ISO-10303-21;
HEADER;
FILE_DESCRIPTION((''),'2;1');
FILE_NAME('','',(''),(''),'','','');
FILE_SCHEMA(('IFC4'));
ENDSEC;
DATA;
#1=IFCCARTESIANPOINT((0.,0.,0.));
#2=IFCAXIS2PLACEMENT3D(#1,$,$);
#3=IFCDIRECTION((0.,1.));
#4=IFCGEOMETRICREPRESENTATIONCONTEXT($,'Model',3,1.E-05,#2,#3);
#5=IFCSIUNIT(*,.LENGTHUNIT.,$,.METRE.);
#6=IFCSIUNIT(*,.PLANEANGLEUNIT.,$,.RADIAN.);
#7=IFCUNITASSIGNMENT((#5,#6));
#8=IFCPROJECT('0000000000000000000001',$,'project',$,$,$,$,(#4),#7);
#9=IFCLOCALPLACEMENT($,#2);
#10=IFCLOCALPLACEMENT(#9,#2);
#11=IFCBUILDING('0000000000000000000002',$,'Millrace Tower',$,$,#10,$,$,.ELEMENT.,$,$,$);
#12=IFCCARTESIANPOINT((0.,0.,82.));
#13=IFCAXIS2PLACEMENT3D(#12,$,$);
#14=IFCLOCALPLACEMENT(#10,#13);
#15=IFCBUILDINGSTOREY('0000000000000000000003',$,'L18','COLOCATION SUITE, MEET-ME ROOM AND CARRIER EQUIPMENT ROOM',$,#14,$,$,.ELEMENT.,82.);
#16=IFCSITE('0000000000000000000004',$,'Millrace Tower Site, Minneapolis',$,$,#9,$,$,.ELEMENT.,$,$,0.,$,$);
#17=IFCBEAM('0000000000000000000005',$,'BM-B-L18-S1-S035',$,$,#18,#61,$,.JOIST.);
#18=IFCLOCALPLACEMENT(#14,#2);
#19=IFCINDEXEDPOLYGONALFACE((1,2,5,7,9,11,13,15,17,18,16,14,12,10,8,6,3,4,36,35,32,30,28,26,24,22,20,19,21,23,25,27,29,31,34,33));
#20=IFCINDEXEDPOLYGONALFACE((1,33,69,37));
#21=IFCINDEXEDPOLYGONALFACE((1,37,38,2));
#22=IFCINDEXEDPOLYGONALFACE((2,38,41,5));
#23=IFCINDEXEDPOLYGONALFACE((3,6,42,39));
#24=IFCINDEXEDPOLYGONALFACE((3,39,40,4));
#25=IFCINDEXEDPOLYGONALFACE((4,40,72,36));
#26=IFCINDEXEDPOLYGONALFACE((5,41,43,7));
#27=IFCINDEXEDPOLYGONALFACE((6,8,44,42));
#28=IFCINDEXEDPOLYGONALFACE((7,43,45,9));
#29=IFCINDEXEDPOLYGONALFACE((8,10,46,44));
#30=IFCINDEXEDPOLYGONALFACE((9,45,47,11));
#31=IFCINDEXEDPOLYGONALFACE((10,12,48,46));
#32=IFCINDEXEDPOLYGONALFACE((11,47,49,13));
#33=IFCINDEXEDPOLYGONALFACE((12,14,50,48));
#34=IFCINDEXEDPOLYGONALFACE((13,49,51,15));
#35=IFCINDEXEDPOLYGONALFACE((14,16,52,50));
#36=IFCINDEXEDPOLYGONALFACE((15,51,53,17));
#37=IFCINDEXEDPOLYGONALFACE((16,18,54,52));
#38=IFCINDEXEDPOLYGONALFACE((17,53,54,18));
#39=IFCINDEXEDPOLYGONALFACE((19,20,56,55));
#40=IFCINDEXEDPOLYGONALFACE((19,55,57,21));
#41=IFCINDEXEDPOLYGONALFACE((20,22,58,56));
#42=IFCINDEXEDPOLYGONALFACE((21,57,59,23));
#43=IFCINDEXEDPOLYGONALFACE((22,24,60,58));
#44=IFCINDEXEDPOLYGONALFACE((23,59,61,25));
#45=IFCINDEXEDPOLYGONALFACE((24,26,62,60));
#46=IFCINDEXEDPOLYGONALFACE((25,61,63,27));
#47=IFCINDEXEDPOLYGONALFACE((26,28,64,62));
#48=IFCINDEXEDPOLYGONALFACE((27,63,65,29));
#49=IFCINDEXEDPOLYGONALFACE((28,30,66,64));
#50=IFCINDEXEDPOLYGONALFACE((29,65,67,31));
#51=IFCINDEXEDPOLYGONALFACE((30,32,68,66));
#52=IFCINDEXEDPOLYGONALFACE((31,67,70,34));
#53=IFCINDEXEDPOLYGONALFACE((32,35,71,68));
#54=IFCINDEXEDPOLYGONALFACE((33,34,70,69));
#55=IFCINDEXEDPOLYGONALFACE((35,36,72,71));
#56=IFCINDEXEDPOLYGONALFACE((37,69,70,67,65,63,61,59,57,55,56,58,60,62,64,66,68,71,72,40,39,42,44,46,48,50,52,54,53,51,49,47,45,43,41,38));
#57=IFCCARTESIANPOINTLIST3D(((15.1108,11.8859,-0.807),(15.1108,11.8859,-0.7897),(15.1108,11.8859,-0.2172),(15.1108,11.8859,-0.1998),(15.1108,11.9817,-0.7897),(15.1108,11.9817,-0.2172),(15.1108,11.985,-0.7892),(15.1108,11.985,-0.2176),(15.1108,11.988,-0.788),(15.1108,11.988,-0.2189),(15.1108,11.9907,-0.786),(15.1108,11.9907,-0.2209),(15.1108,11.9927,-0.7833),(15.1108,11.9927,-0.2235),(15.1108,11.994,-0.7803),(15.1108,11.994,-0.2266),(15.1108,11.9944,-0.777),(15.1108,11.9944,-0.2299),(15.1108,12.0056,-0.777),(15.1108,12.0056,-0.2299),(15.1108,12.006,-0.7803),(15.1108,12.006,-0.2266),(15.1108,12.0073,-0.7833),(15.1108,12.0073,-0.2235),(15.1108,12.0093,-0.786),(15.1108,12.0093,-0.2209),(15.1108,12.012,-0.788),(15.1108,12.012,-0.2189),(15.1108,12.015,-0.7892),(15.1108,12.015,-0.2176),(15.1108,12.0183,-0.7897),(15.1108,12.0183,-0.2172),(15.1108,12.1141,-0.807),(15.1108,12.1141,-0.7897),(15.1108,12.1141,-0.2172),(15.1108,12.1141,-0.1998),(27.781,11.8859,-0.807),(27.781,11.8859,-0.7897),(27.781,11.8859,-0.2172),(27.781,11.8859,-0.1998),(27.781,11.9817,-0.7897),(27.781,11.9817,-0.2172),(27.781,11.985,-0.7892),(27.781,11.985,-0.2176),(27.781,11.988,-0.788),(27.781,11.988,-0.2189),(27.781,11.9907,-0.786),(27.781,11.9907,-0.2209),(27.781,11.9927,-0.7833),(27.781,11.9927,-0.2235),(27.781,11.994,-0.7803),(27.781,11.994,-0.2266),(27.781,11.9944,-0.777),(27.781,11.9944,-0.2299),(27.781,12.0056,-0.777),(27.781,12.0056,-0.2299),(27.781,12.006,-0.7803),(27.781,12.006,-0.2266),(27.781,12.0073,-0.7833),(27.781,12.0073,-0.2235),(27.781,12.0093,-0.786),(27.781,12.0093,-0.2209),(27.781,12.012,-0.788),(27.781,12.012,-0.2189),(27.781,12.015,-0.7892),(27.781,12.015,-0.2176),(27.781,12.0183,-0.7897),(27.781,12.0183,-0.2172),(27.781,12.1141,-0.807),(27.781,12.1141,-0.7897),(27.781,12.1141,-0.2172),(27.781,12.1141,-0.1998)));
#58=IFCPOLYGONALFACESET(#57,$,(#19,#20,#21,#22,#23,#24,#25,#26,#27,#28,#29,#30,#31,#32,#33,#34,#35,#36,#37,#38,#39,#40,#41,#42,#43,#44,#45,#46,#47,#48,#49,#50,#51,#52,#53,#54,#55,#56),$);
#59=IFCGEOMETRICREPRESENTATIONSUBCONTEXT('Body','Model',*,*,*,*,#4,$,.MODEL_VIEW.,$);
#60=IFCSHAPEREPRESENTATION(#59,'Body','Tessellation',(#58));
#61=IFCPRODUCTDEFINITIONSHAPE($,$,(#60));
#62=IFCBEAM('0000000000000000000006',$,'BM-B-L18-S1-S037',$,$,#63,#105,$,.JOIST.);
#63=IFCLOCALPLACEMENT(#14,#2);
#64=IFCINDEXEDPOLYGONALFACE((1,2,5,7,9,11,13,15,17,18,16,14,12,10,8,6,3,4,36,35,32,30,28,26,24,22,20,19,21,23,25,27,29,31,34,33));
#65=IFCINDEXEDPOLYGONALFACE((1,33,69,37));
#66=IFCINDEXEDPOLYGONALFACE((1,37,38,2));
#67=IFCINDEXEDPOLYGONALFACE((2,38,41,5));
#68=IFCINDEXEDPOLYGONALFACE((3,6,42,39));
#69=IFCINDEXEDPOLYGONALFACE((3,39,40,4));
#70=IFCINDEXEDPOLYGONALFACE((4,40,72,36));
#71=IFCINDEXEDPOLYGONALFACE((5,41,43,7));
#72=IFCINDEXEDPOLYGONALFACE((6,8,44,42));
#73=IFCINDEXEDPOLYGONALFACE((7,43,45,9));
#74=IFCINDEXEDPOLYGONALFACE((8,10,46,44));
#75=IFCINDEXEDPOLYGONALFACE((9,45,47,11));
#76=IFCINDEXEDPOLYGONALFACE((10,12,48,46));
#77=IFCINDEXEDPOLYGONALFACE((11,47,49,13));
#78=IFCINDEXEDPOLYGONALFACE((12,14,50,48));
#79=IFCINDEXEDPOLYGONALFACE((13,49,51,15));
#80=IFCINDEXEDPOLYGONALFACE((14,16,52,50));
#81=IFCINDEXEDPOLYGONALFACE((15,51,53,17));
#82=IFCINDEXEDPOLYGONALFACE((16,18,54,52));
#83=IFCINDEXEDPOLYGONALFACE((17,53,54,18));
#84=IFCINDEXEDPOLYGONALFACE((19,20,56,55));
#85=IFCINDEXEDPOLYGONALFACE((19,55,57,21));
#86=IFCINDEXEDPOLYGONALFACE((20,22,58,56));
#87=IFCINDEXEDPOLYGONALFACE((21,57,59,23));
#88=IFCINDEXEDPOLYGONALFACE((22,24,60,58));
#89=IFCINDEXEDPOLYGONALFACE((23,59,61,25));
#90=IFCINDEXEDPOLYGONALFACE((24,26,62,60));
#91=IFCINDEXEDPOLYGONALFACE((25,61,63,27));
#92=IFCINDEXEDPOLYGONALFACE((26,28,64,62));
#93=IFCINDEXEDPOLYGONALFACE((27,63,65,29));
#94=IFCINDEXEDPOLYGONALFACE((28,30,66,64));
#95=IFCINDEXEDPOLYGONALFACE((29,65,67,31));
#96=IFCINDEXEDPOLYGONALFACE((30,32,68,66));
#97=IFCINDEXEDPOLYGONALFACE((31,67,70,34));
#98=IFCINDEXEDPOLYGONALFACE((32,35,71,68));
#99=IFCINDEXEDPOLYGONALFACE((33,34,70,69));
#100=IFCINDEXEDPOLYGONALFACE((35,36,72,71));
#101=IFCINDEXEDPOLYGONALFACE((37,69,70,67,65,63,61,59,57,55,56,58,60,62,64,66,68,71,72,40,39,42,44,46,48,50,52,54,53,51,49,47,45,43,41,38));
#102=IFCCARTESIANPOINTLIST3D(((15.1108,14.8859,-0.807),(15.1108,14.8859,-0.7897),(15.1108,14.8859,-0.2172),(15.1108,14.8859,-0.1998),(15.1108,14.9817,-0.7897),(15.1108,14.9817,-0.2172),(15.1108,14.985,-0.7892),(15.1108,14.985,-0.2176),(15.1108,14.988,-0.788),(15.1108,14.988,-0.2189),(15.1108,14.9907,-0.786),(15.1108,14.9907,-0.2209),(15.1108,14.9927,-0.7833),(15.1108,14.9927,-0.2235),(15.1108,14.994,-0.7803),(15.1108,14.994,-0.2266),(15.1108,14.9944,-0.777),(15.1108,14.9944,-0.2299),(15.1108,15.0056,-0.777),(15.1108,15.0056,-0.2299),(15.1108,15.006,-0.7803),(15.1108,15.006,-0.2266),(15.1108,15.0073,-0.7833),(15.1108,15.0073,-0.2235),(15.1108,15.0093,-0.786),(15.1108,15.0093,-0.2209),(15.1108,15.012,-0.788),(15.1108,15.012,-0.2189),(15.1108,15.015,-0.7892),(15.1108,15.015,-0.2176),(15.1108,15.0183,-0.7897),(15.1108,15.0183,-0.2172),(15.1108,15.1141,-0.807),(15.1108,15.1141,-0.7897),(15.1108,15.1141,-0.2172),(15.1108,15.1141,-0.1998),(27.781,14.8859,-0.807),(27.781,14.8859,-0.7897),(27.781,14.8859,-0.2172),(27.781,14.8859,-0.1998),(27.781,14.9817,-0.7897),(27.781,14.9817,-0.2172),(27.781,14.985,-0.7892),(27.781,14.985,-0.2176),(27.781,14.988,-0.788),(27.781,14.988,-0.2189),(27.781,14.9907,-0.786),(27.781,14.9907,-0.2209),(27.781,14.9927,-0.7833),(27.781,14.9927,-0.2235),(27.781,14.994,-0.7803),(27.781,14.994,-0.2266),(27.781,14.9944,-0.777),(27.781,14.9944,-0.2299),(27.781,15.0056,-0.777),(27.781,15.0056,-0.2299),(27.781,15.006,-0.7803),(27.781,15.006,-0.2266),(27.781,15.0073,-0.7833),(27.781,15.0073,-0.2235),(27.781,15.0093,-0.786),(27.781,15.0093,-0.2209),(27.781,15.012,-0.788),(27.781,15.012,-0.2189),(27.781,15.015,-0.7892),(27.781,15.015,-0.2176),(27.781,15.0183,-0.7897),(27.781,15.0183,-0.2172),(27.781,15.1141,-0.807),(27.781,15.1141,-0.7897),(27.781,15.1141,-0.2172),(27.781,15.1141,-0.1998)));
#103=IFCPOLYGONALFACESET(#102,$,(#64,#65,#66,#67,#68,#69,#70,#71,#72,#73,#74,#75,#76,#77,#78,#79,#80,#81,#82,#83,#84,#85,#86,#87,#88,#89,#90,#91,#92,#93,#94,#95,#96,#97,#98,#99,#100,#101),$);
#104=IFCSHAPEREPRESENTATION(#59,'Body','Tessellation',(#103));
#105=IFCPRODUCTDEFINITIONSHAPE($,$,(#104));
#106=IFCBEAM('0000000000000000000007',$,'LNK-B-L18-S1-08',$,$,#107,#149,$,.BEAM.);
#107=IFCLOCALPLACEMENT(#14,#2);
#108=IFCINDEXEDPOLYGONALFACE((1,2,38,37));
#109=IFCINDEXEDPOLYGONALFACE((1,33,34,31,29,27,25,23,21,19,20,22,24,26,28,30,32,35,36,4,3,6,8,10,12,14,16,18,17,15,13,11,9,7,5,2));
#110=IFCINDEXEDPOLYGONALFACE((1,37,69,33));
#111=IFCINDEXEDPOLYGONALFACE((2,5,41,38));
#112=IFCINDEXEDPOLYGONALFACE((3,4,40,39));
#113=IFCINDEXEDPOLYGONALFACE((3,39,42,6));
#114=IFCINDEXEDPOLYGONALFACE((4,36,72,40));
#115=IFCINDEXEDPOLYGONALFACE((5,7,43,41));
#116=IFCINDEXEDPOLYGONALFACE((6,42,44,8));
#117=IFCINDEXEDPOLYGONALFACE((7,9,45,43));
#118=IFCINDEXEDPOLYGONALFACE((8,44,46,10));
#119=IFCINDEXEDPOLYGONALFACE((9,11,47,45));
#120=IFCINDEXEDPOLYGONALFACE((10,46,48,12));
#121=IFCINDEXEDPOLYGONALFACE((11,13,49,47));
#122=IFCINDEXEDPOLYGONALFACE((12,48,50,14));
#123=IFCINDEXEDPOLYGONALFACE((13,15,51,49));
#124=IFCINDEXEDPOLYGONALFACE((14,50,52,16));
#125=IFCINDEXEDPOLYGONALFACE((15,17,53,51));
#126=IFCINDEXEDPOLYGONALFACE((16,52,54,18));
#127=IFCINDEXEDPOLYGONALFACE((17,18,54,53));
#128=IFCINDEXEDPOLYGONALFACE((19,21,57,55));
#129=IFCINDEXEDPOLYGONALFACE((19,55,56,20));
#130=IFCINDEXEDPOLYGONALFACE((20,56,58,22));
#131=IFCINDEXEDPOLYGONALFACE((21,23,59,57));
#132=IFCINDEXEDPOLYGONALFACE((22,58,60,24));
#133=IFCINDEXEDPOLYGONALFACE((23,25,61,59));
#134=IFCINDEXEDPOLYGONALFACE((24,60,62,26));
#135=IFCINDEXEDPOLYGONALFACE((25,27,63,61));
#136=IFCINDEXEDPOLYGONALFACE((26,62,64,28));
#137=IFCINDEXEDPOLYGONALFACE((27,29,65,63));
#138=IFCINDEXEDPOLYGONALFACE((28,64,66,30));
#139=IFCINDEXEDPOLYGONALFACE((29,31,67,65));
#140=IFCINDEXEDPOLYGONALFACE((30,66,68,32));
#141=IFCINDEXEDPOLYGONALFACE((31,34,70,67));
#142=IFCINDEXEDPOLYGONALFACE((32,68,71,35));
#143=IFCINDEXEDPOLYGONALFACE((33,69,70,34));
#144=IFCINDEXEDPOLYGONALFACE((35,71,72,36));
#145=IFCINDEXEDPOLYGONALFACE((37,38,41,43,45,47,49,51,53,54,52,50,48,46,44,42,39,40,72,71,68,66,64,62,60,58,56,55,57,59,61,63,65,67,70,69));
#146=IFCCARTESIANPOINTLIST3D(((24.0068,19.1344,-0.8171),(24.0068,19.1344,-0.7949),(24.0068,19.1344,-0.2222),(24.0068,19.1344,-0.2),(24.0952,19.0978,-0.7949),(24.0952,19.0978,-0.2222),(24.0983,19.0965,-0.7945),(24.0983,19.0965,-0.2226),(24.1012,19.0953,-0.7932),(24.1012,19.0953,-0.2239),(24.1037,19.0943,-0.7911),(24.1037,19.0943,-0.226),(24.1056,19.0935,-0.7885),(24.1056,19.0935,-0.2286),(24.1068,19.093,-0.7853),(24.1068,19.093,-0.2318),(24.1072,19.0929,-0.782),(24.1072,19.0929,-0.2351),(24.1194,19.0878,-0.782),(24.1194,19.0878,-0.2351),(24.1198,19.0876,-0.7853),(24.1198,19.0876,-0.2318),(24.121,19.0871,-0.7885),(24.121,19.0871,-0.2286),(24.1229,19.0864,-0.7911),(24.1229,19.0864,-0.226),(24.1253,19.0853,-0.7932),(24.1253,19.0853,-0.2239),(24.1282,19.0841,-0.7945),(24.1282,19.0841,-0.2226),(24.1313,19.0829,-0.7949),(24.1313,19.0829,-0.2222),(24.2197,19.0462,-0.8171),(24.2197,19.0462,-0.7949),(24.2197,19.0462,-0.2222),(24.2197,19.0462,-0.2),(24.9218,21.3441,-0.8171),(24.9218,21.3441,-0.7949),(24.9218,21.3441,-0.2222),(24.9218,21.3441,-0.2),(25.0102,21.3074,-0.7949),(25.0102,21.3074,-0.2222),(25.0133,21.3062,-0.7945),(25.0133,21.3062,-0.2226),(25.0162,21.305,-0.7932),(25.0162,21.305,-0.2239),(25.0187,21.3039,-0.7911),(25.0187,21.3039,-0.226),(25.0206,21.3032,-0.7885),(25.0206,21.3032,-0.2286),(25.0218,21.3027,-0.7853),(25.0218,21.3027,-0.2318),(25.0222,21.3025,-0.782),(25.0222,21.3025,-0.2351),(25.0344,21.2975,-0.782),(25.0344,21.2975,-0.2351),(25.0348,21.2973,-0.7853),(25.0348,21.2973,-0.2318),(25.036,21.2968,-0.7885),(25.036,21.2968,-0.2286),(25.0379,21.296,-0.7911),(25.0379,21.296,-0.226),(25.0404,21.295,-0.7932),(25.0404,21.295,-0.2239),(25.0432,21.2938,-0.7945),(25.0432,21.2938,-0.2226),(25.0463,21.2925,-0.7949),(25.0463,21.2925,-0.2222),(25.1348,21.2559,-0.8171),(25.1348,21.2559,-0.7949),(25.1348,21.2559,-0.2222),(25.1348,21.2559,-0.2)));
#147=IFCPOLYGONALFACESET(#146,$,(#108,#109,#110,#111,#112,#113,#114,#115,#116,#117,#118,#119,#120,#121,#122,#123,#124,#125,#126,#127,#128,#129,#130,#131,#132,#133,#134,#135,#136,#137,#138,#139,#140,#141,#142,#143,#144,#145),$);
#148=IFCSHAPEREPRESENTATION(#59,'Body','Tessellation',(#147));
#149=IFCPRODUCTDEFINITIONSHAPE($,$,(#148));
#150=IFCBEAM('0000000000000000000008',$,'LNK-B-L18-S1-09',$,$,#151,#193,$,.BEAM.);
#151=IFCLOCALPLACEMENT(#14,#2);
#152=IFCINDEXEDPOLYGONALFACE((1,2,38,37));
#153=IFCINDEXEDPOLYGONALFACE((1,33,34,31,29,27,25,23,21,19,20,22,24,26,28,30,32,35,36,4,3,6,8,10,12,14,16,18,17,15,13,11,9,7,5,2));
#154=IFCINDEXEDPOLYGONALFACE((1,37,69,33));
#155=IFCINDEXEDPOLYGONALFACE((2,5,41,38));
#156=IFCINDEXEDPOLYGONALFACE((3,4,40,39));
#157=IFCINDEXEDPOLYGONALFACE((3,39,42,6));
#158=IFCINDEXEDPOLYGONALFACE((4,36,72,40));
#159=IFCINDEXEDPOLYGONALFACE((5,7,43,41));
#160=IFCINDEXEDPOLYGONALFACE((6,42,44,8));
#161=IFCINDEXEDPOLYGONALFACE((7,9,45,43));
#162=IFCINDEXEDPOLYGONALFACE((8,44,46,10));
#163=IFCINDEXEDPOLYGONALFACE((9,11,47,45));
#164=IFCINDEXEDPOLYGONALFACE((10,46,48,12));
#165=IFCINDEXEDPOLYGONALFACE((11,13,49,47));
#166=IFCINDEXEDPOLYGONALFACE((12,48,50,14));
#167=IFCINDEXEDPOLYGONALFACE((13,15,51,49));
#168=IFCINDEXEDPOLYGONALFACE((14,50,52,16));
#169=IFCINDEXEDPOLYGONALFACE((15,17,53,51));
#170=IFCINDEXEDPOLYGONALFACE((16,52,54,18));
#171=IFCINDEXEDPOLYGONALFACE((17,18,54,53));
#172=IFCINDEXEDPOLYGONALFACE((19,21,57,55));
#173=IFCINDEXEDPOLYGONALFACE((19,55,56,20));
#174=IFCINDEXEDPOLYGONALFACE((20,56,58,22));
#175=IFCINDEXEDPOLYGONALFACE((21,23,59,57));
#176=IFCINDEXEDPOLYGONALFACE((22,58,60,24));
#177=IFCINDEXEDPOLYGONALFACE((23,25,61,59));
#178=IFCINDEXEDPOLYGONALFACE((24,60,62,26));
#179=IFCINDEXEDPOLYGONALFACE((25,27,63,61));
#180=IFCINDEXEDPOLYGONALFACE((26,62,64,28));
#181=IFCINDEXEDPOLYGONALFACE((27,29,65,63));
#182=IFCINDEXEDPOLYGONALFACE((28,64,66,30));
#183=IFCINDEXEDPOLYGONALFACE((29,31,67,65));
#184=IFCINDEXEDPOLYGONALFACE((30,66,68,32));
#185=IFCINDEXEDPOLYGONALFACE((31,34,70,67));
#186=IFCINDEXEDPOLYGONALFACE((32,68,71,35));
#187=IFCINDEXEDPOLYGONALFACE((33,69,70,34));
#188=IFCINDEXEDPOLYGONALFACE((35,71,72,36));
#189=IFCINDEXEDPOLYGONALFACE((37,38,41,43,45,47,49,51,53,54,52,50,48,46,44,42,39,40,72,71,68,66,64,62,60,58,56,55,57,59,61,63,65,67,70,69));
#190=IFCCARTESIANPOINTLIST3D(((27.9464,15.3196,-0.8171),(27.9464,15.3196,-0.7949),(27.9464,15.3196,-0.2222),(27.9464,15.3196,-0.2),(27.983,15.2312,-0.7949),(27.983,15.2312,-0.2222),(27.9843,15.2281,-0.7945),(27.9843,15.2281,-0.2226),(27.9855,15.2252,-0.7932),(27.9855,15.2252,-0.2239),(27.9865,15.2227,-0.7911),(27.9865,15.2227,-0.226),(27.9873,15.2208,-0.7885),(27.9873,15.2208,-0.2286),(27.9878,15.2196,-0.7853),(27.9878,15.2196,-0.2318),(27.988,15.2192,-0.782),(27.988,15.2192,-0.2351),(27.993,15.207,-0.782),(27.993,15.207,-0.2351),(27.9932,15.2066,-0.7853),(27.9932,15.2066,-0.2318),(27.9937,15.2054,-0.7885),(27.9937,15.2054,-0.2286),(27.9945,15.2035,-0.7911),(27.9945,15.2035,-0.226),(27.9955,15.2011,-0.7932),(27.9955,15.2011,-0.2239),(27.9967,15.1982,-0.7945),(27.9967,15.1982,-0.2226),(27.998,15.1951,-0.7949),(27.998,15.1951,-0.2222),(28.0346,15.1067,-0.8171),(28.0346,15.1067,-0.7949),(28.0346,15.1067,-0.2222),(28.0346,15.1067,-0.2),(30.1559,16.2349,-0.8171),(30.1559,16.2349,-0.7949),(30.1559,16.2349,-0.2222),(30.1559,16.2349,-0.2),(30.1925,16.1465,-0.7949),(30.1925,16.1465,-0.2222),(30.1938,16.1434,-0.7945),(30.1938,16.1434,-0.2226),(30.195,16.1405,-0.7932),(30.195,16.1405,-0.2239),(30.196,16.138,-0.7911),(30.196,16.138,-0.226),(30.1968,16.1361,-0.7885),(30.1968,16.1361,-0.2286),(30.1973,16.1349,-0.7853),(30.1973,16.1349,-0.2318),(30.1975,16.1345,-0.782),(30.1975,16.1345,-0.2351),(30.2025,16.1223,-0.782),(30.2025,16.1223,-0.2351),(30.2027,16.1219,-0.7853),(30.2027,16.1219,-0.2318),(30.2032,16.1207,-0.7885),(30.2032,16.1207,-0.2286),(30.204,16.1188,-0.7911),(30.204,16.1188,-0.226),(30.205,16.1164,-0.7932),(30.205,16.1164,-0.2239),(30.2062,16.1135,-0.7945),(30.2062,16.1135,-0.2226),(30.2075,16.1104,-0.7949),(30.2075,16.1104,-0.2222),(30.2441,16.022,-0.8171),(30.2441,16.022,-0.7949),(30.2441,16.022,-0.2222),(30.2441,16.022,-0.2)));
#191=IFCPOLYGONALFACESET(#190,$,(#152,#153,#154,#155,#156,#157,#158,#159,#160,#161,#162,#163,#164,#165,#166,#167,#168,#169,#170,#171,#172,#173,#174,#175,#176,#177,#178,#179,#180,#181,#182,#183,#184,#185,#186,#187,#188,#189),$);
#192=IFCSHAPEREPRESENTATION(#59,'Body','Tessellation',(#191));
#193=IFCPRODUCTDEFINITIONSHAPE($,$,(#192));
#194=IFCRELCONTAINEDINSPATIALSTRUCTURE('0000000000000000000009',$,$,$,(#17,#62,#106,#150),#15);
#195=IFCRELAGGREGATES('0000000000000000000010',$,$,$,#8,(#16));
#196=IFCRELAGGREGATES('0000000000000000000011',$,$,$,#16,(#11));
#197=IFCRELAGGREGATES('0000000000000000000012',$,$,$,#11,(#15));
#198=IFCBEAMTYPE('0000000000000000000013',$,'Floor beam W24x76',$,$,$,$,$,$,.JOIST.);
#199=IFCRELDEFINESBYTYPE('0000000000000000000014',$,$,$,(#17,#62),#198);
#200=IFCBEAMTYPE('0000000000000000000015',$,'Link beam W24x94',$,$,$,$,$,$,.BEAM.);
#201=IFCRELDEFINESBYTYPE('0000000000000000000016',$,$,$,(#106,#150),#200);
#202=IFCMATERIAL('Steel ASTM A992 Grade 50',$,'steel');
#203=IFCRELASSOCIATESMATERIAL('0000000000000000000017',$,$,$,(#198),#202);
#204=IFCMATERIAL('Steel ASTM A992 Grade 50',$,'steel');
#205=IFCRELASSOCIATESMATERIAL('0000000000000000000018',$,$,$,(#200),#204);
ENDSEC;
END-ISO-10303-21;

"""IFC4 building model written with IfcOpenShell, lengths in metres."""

from ifc_helpers import new_model, si_unit, direction, frame, origin, origin_2d, place, context, subcontext, project, spatial, i_section, extrude, material, material_profile, profile_set, type_object, element, save


model = new_model("IFC4")

# Units and contexts
model_context = context("Model", 3, precision=1e-05, world=origin(), true_north=direction((0.0, 1.0)))
body_context = subcontext(model_context, "Body", "Model", "MODEL_VIEW")
ifc_project = project(units=[si_unit("LENGTHUNIT", "METRE"), si_unit("PLANEANGLEUNIT", "RADIAN")], contexts=[model_context])

# Site, building, storey
site_placement = place(None, origin())
site = spatial("IfcSite", under=ifc_project, at=site_placement, Name="Millrace Tower Site, Minneapolis", CompositionType="ELEMENT", RefElevation=0.0)
building_placement = place(site_placement, origin())
building = spatial("IfcBuilding", under=site, at=building_placement, Name="Millrace Tower", CompositionType="ELEMENT")
storey_placement = place(building_placement, frame((0.0, 0.0, 82.0)))
storey = spatial("IfcBuildingStorey", under=building, at=storey_placement, Name="L18", Description="COLOCATION SUITE, MEET-ME ROOM AND CARRIER EQUIPMENT ROOM", CompositionType="ELEMENT", Elevation=82.0)

# Beams
ifc_material_1 = material(Name="Steel ASTM A992 Grade 50", Category="steel")
ifc_material_profile_1 = material_profile(ifc_material_1, i_section(OverallWidth=0.2283, OverallDepth=0.6072, WebThickness=0.0112, FlangeThickness=0.0173, FilletRadius=0.0127, at=origin_2d()))
ifc_profile_set_1 = profile_set([ifc_material_profile_1], Name="Steel ASTM A992 Grade 50")
beam_type_1 = type_object("IfcBeamType", Name="Floor beam W24x76", PredefinedType="JOIST", material=ifc_profile_set_1)
for number, where, z_axis, x_axis, name in (
    (1, (15.1108, 12.0, -0.5034), (1.0, 0.0, 0.0), (0.0, 1.0, 0.0), "BM-B-L18-S1-S035"),
    (2, (15.1108, 15.0, -0.5034), (1.0, 0.0, 0.0), (0.0, 1.0, 0.0), "BM-B-L18-S1-S037"),
):
    element("IfcBeam", number, at=place(storey_placement, frame(where, z_axis=z_axis, x_axis=x_axis)), inside=storey, type_object=beam_type_1, Name=name, PredefinedType="JOIST", context=body_context, shape_type="SweptSolid", body=[
        extrude(i_section(OverallWidth=0.2283, OverallDepth=0.6072, WebThickness=0.0112, FlangeThickness=0.0173, FilletRadius=0.0127, at=origin_2d()), origin(), (0.0, 0.0, 1.0), 12.6702),
    ])
ifc_material_2 = material(Name="Steel ASTM A992 Grade 50", Category="steel")
ifc_material_profile_2 = material_profile(ifc_material_2, i_section(OverallWidth=0.2305, OverallDepth=0.6172, WebThickness=0.0132, FlangeThickness=0.0222, FilletRadius=0.0129, at=origin_2d()))
ifc_profile_set_2 = profile_set([ifc_material_profile_2], Name="Steel ASTM A992 Grade 50")
beam_type_2 = type_object("IfcBeamType", Name="Link beam W24x94", PredefinedType="BEAM", material=ifc_profile_set_2)
for number, where, z_axis, x_axis, name in (
    (3, (24.1133, 19.0903, -0.5085), (0.382592, 0.923917, 0.0), (-0.923917, 0.382592, 0.0), "LNK-B-L18-S1-08"),
    (4, (27.9905, 15.2131, -0.5085), (0.923866, 0.382715, 0.0), (-0.382715, 0.923866, 0.0), "LNK-B-L18-S1-09"),
):
    element("IfcBeam", number, at=place(storey_placement, frame(where, z_axis=z_axis, x_axis=x_axis)), inside=storey, type_object=beam_type_2, Name=name, PredefinedType="BEAM", context=body_context, shape_type="SweptSolid", body=[
        extrude(i_section(OverallWidth=0.2305, OverallDepth=0.6172, WebThickness=0.0132, FlangeThickness=0.0222, FilletRadius=0.0129, at=origin_2d()), origin(), (0.0, 0.0, 1.0), 2.3916),
    ])

save(model, "model.ifc")
